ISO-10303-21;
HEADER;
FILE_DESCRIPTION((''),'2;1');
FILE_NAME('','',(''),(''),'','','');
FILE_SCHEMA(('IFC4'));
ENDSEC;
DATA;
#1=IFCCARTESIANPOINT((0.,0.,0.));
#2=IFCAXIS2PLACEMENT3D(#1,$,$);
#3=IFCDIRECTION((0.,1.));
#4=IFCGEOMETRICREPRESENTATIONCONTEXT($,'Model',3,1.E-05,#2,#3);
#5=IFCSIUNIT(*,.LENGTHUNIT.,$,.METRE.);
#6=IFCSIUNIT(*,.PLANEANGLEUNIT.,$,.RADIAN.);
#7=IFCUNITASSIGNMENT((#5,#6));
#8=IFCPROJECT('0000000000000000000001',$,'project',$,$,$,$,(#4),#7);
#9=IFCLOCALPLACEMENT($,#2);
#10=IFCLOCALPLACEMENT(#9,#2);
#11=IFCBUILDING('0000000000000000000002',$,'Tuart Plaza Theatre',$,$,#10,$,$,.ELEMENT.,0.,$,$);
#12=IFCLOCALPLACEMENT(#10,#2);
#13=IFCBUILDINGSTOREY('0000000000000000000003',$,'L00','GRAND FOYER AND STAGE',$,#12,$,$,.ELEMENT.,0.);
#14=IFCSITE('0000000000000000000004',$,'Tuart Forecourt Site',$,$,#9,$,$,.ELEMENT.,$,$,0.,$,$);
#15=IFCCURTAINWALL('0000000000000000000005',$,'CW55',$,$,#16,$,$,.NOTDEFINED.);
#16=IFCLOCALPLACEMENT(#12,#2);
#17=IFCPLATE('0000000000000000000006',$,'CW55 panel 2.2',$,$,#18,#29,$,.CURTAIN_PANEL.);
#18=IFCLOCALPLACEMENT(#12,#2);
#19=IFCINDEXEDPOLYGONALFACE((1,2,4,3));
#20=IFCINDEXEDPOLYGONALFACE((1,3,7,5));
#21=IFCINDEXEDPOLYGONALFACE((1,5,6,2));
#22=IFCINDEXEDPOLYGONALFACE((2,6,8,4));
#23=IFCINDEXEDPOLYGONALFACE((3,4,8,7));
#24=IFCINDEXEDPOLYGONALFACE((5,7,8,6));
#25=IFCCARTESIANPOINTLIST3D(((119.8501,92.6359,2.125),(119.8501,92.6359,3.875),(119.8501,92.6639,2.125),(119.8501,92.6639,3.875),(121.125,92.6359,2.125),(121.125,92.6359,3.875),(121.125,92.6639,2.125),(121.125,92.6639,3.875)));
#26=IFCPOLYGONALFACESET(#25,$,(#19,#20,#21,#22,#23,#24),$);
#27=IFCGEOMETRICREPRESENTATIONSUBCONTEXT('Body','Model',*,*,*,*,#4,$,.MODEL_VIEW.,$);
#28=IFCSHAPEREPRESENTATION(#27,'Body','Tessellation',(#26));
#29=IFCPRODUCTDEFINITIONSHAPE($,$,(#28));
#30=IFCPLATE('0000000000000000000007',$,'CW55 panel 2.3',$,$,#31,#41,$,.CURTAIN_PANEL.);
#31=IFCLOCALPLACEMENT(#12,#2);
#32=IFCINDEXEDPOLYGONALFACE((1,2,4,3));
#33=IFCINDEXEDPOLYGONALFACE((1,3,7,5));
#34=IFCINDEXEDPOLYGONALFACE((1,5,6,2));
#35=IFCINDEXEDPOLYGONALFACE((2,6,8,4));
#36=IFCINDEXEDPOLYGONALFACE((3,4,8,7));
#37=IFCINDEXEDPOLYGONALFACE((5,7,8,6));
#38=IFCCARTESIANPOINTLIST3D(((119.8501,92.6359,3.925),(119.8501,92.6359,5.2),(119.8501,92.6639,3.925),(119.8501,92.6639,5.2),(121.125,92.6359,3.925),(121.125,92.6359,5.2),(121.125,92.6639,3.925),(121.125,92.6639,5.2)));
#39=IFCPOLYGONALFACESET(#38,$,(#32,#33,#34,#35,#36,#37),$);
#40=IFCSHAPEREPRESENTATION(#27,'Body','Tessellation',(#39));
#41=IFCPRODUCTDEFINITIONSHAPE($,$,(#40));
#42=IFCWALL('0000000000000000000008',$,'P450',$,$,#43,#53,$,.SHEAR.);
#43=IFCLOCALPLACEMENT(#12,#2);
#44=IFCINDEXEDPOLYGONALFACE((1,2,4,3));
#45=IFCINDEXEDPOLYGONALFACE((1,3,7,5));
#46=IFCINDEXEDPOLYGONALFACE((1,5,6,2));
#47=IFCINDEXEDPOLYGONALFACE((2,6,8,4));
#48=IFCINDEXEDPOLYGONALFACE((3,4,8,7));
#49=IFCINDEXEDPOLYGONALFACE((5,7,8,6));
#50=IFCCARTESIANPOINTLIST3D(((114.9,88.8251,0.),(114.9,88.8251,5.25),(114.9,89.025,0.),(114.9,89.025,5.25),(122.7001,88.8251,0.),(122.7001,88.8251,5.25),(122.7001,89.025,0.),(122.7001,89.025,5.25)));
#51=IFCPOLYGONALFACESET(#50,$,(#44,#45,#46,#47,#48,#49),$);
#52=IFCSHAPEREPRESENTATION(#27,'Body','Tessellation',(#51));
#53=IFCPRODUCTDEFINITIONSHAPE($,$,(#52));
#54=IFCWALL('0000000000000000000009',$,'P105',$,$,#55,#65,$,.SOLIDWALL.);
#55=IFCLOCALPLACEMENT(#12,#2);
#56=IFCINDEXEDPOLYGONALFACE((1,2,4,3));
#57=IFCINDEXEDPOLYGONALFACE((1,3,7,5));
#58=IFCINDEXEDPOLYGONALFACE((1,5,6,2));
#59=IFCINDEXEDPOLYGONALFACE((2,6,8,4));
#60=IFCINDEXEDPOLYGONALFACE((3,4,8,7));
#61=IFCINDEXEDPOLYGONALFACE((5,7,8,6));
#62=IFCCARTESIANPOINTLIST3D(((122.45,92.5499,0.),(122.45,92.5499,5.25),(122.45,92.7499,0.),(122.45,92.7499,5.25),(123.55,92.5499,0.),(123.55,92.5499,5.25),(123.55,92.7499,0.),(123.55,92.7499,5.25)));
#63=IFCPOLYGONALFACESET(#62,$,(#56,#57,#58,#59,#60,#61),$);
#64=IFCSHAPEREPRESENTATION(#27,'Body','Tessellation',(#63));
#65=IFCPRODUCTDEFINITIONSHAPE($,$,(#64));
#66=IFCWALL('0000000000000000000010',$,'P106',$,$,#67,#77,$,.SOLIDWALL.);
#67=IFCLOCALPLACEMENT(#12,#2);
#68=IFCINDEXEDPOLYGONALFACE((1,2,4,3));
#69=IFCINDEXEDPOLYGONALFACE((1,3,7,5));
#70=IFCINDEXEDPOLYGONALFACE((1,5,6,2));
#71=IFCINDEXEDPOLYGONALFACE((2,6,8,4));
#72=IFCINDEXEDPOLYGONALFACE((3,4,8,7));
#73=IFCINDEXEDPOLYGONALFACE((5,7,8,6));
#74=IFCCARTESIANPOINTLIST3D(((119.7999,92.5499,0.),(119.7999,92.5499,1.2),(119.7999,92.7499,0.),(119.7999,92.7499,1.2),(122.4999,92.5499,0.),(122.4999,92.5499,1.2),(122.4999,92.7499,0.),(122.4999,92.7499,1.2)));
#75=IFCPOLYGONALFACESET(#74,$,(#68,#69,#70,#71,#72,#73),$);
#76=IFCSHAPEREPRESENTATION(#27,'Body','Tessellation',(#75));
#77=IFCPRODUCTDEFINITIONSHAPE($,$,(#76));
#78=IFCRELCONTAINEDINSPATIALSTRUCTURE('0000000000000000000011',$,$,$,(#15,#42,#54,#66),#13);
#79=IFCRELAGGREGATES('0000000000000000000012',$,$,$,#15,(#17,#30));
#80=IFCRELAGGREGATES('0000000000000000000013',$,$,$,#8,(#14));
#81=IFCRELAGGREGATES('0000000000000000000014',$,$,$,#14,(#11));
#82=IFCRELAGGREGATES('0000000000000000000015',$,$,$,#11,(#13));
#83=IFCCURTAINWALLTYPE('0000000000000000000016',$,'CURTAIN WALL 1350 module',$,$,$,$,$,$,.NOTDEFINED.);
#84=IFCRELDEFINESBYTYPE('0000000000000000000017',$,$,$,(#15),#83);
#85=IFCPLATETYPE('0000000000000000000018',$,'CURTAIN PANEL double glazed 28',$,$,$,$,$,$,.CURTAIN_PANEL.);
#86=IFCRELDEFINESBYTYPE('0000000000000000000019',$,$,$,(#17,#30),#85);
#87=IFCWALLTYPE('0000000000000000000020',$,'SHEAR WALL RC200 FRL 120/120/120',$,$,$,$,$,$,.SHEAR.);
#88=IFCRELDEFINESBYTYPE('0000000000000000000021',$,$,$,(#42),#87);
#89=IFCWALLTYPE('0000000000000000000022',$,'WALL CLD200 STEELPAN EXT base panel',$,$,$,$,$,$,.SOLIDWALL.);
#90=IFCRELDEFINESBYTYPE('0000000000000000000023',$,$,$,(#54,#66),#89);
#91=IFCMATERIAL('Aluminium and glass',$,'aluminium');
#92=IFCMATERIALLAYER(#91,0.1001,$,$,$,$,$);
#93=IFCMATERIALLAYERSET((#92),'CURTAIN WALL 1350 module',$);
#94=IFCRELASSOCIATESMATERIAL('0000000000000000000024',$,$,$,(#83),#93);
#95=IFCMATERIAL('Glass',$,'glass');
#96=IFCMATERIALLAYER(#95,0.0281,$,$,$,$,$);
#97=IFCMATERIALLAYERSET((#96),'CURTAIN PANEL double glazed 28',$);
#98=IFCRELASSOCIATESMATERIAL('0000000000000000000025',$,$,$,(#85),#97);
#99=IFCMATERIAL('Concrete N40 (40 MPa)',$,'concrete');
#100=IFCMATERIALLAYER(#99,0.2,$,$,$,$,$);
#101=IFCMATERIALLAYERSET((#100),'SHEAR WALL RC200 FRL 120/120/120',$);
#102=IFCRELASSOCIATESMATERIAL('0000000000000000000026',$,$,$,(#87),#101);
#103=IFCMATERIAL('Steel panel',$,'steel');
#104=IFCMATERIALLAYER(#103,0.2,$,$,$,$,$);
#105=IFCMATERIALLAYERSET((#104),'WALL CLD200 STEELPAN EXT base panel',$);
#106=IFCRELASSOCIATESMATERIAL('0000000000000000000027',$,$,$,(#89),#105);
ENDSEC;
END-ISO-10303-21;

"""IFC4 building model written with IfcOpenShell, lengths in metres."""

from ifc_helpers import new_model, si_unit, direction, frame, frame_2d, origin, origin_2d, place, context, subcontext, project, spatial, rectangle, extrude, material, layer, layer_set, type_object, element, aggregate, save


model = new_model("IFC4")

# Units and contexts
model_context = context("Model", 3, precision=1e-05, world=origin(), true_north=direction((0.0, 1.0)))
body_context = subcontext(model_context, "Body", "Model", "MODEL_VIEW")
ifc_project = project(units=[si_unit("LENGTHUNIT", "METRE"), si_unit("PLANEANGLEUNIT", "RADIAN")], contexts=[model_context])

# Site, building, storey
site_placement = place(None, origin())
site = spatial("IfcSite", under=ifc_project, at=site_placement, Name="Tuart Forecourt Site", CompositionType="ELEMENT", RefElevation=0.0)
building_placement = place(site_placement, origin())
building = spatial("IfcBuilding", under=site, at=building_placement, Name="Tuart Plaza Theatre", CompositionType="ELEMENT", ElevationOfRefHeight=0.0)
storey_placement = place(building_placement, origin())
storey = spatial("IfcBuildingStorey", under=building, at=storey_placement, Name="L00", Description="GRAND FOYER AND STAGE", CompositionType="ELEMENT", Elevation=0.0)

# Curtain wall, plates
ifc_material_1 = material(Name="Aluminium and glass", Category="aluminium")
ifc_layer_1 = layer(ifc_material_1, 0.1001)
ifc_layer_set_1 = layer_set([ifc_layer_1], Name="CURTAIN WALL 1350 module")
curtain_wall_type = type_object("IfcCurtainWallType", Name="CURTAIN WALL 1350 module", PredefinedType="NOTDEFINED", material=ifc_layer_set_1)
curtain_wall_placement = place(storey_placement, origin())
curtain_wall = element("IfcCurtainWall", 1, at=curtain_wall_placement, inside=storey, type_object=curtain_wall_type, Name="CW55", PredefinedType="NOTDEFINED")
ifc_material_2 = material(Name="Glass", Category="glass")
ifc_layer_2 = layer(ifc_material_2, 0.0281)
ifc_layer_set_2 = layer_set([ifc_layer_2], Name="CURTAIN PANEL double glazed 28")
plate_type = type_object("IfcPlateType", Name="CURTAIN PANEL double glazed 28", PredefinedType="CURTAIN_PANEL", material=ifc_layer_set_2)
plate_1_placement = place(storey_placement, frame((120.4875, 92.6499, 2.125), z_axis=(0.0, 0.0, 1.0), x_axis=(-1.0, 0.0, 0.0)))
plate_1 = element("IfcPlate", 2, at=plate_1_placement, type_object=plate_type, Name="CW55 panel 2.2", PredefinedType="CURTAIN_PANEL", context=body_context, shape_type="SweptSolid", body=[
    extrude(rectangle(XDim=1.2749, YDim=0.0281, at=origin_2d()), origin(), (0.0, 0.0, 1.0), 1.75),
])
plate_2_placement = place(storey_placement, frame((120.4875, 92.6499, 3.925), z_axis=(0.0, 0.0, 1.0), x_axis=(-1.0, 0.0, 0.0)))
plate_2 = element("IfcPlate", 3, at=plate_2_placement, type_object=plate_type, Name="CW55 panel 2.3", PredefinedType="CURTAIN_PANEL", context=body_context, shape_type="SweptSolid", body=[
    extrude(rectangle(XDim=1.2749, YDim=0.0281, at=origin_2d()), origin(), (0.0, 0.0, 1.0), 1.2749),
])
aggregate(curtain_wall, [plate_1, plate_2])

# Walls
ifc_material_3 = material(Name="Concrete N40 (40 MPa)", Category="concrete")
ifc_layer_3 = layer(ifc_material_3, 0.2)
ifc_layer_set_3 = layer_set([ifc_layer_3], Name="SHEAR WALL RC200 FRL 120/120/120")
wall_type_1 = type_object("IfcWallType", Name="SHEAR WALL RC200 FRL 120/120/120", PredefinedType="SHEAR", material=ifc_layer_set_3)
wall_1_placement = place(storey_placement, frame((122.7, 88.925, 0.0), z_axis=(0.0, 0.0, 1.0), x_axis=(-1.0, 0.0, 0.0)))
element("IfcWall", 4, at=wall_1_placement, inside=storey, type_object=wall_type_1, Name="P450", PredefinedType="SHEAR", context=body_context, shape_type="SweptSolid", body=[
    extrude(rectangle(XDim=7.8, YDim=0.2, at=frame_2d((3.8999, 0.0))), origin(), (0.0, 0.0, 1.0), 5.25),
])
ifc_material_4 = material(Name="Steel panel", Category="steel")
ifc_layer_4 = layer(ifc_material_4, 0.2)
ifc_layer_set_4 = layer_set([ifc_layer_4], Name="WALL CLD200 STEELPAN EXT base panel")
wall_type_2 = type_object("IfcWallType", Name="WALL CLD200 STEELPAN EXT base panel", PredefinedType="SOLIDWALL", material=ifc_layer_set_4)
wall_2_placement = place(storey_placement, frame((123.55, 92.6499, 0.0), z_axis=(0.0, 0.0, 1.0), x_axis=(-1.0, 0.0, 0.0)))
element("IfcWall", 5, at=wall_2_placement, inside=storey, type_object=wall_type_2, Name="P105", PredefinedType="SOLIDWALL", context=body_context, shape_type="SweptSolid", body=[
    extrude(rectangle(XDim=1.1001, YDim=0.2, at=frame_2d((0.55, 0.0))), origin(), (0.0, 0.0, 1.0), 5.25),
])
wall_3_placement = place(storey_placement, frame((122.5, 92.6499, 0.0), z_axis=(0.0, 0.0, 1.0), x_axis=(-1.0, 0.0, 0.0)))
element("IfcWall", 6, at=wall_3_placement, inside=storey, type_object=wall_type_2, Name="P106", PredefinedType="SOLIDWALL", context=body_context, shape_type="SweptSolid", body=[
    extrude(rectangle(XDim=2.7, YDim=0.2, at=frame_2d((1.3501, 0.0))), origin(), (0.0, 0.0, 1.0), 1.2),
])

save(model, "model.ifc")
